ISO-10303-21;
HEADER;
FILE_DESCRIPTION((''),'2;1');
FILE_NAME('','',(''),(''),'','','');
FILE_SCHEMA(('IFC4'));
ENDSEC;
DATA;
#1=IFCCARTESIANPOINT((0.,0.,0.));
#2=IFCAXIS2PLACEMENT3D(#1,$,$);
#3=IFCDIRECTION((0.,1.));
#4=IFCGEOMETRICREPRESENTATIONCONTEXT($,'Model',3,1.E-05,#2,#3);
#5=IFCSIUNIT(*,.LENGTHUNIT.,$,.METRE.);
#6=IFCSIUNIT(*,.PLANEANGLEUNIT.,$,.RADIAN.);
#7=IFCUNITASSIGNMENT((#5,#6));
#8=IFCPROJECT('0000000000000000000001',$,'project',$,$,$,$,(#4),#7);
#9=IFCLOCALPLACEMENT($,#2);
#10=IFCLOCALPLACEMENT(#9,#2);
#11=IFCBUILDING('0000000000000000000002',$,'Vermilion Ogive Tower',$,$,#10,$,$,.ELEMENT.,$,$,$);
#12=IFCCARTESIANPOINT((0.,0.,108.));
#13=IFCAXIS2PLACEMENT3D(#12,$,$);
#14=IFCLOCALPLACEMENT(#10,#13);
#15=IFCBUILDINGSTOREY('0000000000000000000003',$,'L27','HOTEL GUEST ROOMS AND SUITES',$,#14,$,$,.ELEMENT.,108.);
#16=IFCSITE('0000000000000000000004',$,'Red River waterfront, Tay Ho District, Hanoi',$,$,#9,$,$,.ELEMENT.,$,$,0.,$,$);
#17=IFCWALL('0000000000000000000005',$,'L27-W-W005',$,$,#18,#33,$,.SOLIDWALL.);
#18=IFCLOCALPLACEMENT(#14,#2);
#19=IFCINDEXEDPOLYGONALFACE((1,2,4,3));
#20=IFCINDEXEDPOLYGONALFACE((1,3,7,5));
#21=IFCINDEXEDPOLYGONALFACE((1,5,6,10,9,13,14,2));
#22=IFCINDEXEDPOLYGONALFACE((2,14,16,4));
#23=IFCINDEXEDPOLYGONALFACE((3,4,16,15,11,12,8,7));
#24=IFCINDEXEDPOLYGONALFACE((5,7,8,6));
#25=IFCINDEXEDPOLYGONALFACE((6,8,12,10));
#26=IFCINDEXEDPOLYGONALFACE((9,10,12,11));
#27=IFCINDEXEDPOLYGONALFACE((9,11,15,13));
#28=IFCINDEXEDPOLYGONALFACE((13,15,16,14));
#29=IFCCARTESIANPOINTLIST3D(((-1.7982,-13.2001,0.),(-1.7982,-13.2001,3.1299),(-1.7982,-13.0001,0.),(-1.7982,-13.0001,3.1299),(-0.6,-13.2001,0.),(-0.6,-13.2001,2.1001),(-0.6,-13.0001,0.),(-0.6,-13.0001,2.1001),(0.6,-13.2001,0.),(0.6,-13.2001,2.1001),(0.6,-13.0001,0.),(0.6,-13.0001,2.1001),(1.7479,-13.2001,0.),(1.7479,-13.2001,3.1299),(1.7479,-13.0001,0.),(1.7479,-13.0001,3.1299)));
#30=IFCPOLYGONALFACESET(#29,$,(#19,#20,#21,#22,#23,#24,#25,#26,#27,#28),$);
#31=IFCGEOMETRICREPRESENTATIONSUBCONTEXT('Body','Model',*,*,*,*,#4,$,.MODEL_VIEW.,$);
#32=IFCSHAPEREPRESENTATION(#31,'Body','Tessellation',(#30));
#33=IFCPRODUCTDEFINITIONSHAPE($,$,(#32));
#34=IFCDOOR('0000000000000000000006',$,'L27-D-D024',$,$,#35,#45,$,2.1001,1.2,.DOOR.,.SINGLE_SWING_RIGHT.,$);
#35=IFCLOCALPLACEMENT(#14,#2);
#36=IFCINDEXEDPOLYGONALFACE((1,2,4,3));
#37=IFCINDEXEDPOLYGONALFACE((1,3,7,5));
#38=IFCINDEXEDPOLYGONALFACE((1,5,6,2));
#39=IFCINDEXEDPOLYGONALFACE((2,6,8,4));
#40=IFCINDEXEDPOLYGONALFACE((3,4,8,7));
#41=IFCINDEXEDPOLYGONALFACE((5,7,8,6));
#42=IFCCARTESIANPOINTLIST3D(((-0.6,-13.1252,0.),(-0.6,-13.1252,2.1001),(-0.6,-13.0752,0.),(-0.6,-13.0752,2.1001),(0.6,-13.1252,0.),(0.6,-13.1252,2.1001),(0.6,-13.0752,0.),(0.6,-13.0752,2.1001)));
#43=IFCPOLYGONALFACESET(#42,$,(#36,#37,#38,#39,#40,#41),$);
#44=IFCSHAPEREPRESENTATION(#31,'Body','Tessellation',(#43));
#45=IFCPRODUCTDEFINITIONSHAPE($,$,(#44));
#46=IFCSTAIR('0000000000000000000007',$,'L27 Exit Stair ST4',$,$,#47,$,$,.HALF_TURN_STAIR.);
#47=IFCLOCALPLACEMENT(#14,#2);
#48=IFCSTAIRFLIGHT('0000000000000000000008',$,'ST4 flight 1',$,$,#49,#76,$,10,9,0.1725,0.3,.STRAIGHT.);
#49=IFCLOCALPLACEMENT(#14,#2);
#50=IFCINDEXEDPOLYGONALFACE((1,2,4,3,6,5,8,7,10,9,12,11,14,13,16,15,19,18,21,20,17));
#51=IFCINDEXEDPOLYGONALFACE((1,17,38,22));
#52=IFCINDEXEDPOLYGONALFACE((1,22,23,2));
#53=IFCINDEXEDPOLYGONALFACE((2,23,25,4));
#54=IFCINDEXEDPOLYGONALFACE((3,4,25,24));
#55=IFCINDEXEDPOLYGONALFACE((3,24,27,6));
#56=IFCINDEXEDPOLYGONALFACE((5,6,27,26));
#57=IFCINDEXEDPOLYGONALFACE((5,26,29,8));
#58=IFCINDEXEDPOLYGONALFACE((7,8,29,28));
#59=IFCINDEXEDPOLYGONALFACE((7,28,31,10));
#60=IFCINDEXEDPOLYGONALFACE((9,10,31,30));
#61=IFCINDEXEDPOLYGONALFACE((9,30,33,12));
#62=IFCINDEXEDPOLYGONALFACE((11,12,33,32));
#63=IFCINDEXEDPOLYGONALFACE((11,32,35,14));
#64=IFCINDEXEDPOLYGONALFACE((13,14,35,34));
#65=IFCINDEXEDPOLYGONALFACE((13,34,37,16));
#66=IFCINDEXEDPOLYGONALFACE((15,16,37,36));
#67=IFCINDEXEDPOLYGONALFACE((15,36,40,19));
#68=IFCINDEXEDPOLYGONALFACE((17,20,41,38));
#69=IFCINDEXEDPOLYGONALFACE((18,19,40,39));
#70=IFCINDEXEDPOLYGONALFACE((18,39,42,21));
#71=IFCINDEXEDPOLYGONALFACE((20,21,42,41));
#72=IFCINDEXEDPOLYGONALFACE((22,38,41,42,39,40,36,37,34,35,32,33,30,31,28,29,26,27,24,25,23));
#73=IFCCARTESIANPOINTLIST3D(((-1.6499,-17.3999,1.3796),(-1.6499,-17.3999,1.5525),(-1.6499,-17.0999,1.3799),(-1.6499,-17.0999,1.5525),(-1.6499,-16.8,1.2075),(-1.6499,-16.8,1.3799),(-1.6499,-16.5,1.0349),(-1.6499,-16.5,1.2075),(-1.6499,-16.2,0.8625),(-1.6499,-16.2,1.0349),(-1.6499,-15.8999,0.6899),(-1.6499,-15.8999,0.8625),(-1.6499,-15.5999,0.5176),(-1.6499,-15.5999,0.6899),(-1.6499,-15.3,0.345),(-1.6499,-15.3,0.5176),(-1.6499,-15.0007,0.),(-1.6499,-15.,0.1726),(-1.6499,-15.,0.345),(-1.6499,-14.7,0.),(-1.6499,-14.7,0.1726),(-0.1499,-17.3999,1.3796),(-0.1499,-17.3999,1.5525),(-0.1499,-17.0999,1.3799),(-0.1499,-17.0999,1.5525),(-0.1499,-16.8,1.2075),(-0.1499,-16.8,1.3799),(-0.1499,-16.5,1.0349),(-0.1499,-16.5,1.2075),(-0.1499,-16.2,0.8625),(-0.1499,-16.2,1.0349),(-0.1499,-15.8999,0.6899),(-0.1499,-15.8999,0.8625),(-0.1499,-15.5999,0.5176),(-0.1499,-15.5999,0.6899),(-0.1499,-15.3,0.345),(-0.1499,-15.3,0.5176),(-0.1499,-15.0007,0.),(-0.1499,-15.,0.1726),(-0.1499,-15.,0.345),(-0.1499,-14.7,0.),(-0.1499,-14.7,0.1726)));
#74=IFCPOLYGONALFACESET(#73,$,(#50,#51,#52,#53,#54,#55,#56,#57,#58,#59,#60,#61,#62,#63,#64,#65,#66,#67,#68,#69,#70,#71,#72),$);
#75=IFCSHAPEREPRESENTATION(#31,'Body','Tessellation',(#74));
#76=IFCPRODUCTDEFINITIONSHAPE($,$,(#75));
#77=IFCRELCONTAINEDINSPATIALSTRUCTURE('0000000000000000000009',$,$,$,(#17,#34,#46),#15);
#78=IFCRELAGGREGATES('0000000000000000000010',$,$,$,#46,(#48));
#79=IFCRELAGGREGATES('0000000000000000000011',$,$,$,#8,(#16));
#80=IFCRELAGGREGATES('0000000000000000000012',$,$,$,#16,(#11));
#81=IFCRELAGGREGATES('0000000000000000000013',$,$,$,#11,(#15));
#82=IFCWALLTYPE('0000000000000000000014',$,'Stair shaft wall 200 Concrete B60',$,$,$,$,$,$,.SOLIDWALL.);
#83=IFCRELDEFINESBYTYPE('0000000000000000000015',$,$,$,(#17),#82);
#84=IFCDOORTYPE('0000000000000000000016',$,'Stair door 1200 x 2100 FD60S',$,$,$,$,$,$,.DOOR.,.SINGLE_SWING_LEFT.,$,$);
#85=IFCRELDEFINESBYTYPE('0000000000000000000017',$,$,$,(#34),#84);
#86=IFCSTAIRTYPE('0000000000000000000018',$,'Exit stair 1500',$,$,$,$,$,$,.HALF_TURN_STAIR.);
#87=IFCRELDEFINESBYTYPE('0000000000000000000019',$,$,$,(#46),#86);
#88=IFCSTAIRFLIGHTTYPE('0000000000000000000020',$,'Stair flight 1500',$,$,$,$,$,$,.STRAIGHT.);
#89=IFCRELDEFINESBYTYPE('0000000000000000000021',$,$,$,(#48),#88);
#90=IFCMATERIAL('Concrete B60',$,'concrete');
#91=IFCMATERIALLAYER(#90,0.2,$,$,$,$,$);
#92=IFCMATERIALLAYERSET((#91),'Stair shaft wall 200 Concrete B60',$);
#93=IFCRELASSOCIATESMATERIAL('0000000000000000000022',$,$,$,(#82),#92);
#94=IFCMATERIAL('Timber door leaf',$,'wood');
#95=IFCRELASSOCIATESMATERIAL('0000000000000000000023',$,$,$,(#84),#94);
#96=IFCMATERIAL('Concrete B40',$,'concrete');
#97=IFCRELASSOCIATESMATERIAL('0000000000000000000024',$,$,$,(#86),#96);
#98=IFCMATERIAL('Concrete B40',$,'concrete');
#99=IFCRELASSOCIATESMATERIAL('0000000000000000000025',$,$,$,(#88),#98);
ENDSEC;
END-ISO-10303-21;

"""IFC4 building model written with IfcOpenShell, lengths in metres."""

from ifc_helpers import new_model, si_unit, direction, frame, frame_2d, origin, place, context, subcontext, project, spatial, polyline, rectangle, outline, extrude, material, layer, layer_set, type_object, element, fill, aggregate, save


model = new_model("IFC4")

# Units and contexts
model_context = context("Model", 3, precision=1e-05, world=origin(), true_north=direction((0.0, 1.0)))
body_context = subcontext(model_context, "Body", "Model", "MODEL_VIEW")
ifc_project = project(units=[si_unit("LENGTHUNIT", "METRE"), si_unit("PLANEANGLEUNIT", "RADIAN")], contexts=[model_context])

# Site, building, storey
site_placement = place(None, origin())
site = spatial("IfcSite", under=ifc_project, at=site_placement, Name="Red River waterfront, Tay Ho District, Hanoi", CompositionType="ELEMENT", RefElevation=0.0)
building_placement = place(site_placement, origin())
building = spatial("IfcBuilding", under=site, at=building_placement, Name="Vermilion Ogive Tower", CompositionType="ELEMENT")
storey_placement = place(building_placement, frame((0.0, 0.0, 108.0)))
storey = spatial("IfcBuildingStorey", under=building, at=storey_placement, Name="L27", Description="HOTEL GUEST ROOMS AND SUITES", CompositionType="ELEMENT", Elevation=108.0)

# Wall, opening, door
ifc_material_1 = material(Name="Concrete B60", Category="concrete")
ifc_layer_1 = layer(ifc_material_1, 0.2)
ifc_layer_set_1 = layer_set([ifc_layer_1], Name="Stair shaft wall 200 Concrete B60")
wall_type_1 = type_object("IfcWallType", Name="Stair shaft wall 200 Concrete B60", PredefinedType="SOLIDWALL", material=ifc_layer_set_1)
wall_1_placement = place(storey_placement, frame((-1.7981, -13.1001, 0.0), z_axis=(0.0, 0.0, 1.0), x_axis=(1.0, 0.0, 0.0)))
wall_1 = element("IfcWall", 1, at=wall_1_placement, inside=storey, type_object=wall_type_1, Name="L27-W-W005", PredefinedType="SOLIDWALL", context=body_context, shape_type="SweptSolid", body=[
    extrude(rectangle(XDim=3.5461, YDim=0.2, at=frame_2d((1.7729, 0.0))), origin(), (0.0, 0.0, 1.0), 3.1299),
])
opening_1_placement = place(wall_1_placement, frame((1.198, 0.0, 0.0)))
opening_1 = element("IfcOpeningElement", 2, at=opening_1_placement, cuts=wall_1, PredefinedType="OPENING", context=body_context, shape_type="SweptSolid", body=[
    extrude(rectangle(XDim=1.2, YDim=2.1001, at=frame_2d((0.6001, 1.05))), frame((0.0, 0.1099, 0.0), z_axis=(0.0, -1.0, 0.0), x_axis=(1.0, 0.0, 0.0)), (0.0, 0.0, 1.0), 0.22),
])
ifc_material_2 = material(Name="Timber door leaf", Category="wood")
door_type_1 = type_object("IfcDoorType", Name="Stair door 1200 x 2100 FD60S", OperationType="SINGLE_SWING_LEFT", PredefinedType="DOOR", material=ifc_material_2)
door_1_placement = place(opening_1_placement, origin())
door_1 = element("IfcDoor", 3, at=door_1_placement, inside=storey, type_object=door_type_1, Name="L27-D-D024", OperationType="SINGLE_SWING_RIGHT", OverallHeight=2.1001, OverallWidth=1.2, PredefinedType="DOOR", context=body_context, shape_type="SweptSolid", body=[
    extrude(rectangle(XDim=1.2, YDim=2.1001, at=frame_2d((0.6001, 1.05))), frame((0.0, 0.0249, 0.0), z_axis=(0.0, -1.0, 0.0), x_axis=(1.0, 0.0, 0.0)), (0.0, 0.0, 1.0), 0.05),
])
fill(opening_1, door_1)

# Stair, stair flight
ifc_material_3 = material(Name="Concrete B40", Category="concrete")
stair_type = type_object("IfcStairType", Name="Exit stair 1500", PredefinedType="HALF_TURN_STAIR", material=ifc_material_3)
stair_placement = place(storey_placement, origin())
stair = element("IfcStair", 4, at=stair_placement, inside=storey, type_object=stair_type, Name="L27 Exit Stair ST4", PredefinedType="HALF_TURN_STAIR")
ifc_material_4 = material(Name="Concrete B40", Category="concrete")
stair_flight_type = type_object("IfcStairFlightType", Name="Stair flight 1500", PredefinedType="STRAIGHT", material=ifc_material_4)
stair_flight_placement = place(storey_placement, frame((-0.8999, -14.7, 0.0), z_axis=(0.0, 0.0, 1.0), x_axis=(0.0, -1.0, 0.0)))
stair_flight = element("IfcStairFlight", 5, at=stair_flight_placement, type_object=stair_flight_type, Name="ST4 flight 1", NumberOfRisers=10, NumberOfTreads=9, PredefinedType="STRAIGHT", RiserHeight=0.1725, TreadLength=0.3, context=body_context, shape_type="SweptSolid", body=[
    extrude(outline(polyline([(0.0, 0.0), (0.0, 0.1726), (0.3, 0.1726), (0.3, 0.345), (0.6001, 0.345), (0.6001, 0.5176), (0.8999, 0.5176), (0.8999, 0.6899), (1.2, 0.6899), (1.2, 0.8625), (1.5, 0.8625), (1.5, 1.0349), (1.8, 1.0349), (1.8, 1.2075), (2.1001, 1.2075), (2.1001, 1.3799), (2.3999, 1.3799), (2.3999, 1.5525), (2.7, 1.5525), (2.7, 1.7251), (2.7, 1.3796), (0.3008, 0.0), (0.0, 0.0)])), frame((0.0, 0.75, 0.0), z_axis=(0.0, -1.0, 0.0), x_axis=(1.0, 0.0, 0.0)), (0.0, 0.0, 1.0), 1.5),
])
aggregate(stair, [stair_flight])

save(model, "model.ifc")
